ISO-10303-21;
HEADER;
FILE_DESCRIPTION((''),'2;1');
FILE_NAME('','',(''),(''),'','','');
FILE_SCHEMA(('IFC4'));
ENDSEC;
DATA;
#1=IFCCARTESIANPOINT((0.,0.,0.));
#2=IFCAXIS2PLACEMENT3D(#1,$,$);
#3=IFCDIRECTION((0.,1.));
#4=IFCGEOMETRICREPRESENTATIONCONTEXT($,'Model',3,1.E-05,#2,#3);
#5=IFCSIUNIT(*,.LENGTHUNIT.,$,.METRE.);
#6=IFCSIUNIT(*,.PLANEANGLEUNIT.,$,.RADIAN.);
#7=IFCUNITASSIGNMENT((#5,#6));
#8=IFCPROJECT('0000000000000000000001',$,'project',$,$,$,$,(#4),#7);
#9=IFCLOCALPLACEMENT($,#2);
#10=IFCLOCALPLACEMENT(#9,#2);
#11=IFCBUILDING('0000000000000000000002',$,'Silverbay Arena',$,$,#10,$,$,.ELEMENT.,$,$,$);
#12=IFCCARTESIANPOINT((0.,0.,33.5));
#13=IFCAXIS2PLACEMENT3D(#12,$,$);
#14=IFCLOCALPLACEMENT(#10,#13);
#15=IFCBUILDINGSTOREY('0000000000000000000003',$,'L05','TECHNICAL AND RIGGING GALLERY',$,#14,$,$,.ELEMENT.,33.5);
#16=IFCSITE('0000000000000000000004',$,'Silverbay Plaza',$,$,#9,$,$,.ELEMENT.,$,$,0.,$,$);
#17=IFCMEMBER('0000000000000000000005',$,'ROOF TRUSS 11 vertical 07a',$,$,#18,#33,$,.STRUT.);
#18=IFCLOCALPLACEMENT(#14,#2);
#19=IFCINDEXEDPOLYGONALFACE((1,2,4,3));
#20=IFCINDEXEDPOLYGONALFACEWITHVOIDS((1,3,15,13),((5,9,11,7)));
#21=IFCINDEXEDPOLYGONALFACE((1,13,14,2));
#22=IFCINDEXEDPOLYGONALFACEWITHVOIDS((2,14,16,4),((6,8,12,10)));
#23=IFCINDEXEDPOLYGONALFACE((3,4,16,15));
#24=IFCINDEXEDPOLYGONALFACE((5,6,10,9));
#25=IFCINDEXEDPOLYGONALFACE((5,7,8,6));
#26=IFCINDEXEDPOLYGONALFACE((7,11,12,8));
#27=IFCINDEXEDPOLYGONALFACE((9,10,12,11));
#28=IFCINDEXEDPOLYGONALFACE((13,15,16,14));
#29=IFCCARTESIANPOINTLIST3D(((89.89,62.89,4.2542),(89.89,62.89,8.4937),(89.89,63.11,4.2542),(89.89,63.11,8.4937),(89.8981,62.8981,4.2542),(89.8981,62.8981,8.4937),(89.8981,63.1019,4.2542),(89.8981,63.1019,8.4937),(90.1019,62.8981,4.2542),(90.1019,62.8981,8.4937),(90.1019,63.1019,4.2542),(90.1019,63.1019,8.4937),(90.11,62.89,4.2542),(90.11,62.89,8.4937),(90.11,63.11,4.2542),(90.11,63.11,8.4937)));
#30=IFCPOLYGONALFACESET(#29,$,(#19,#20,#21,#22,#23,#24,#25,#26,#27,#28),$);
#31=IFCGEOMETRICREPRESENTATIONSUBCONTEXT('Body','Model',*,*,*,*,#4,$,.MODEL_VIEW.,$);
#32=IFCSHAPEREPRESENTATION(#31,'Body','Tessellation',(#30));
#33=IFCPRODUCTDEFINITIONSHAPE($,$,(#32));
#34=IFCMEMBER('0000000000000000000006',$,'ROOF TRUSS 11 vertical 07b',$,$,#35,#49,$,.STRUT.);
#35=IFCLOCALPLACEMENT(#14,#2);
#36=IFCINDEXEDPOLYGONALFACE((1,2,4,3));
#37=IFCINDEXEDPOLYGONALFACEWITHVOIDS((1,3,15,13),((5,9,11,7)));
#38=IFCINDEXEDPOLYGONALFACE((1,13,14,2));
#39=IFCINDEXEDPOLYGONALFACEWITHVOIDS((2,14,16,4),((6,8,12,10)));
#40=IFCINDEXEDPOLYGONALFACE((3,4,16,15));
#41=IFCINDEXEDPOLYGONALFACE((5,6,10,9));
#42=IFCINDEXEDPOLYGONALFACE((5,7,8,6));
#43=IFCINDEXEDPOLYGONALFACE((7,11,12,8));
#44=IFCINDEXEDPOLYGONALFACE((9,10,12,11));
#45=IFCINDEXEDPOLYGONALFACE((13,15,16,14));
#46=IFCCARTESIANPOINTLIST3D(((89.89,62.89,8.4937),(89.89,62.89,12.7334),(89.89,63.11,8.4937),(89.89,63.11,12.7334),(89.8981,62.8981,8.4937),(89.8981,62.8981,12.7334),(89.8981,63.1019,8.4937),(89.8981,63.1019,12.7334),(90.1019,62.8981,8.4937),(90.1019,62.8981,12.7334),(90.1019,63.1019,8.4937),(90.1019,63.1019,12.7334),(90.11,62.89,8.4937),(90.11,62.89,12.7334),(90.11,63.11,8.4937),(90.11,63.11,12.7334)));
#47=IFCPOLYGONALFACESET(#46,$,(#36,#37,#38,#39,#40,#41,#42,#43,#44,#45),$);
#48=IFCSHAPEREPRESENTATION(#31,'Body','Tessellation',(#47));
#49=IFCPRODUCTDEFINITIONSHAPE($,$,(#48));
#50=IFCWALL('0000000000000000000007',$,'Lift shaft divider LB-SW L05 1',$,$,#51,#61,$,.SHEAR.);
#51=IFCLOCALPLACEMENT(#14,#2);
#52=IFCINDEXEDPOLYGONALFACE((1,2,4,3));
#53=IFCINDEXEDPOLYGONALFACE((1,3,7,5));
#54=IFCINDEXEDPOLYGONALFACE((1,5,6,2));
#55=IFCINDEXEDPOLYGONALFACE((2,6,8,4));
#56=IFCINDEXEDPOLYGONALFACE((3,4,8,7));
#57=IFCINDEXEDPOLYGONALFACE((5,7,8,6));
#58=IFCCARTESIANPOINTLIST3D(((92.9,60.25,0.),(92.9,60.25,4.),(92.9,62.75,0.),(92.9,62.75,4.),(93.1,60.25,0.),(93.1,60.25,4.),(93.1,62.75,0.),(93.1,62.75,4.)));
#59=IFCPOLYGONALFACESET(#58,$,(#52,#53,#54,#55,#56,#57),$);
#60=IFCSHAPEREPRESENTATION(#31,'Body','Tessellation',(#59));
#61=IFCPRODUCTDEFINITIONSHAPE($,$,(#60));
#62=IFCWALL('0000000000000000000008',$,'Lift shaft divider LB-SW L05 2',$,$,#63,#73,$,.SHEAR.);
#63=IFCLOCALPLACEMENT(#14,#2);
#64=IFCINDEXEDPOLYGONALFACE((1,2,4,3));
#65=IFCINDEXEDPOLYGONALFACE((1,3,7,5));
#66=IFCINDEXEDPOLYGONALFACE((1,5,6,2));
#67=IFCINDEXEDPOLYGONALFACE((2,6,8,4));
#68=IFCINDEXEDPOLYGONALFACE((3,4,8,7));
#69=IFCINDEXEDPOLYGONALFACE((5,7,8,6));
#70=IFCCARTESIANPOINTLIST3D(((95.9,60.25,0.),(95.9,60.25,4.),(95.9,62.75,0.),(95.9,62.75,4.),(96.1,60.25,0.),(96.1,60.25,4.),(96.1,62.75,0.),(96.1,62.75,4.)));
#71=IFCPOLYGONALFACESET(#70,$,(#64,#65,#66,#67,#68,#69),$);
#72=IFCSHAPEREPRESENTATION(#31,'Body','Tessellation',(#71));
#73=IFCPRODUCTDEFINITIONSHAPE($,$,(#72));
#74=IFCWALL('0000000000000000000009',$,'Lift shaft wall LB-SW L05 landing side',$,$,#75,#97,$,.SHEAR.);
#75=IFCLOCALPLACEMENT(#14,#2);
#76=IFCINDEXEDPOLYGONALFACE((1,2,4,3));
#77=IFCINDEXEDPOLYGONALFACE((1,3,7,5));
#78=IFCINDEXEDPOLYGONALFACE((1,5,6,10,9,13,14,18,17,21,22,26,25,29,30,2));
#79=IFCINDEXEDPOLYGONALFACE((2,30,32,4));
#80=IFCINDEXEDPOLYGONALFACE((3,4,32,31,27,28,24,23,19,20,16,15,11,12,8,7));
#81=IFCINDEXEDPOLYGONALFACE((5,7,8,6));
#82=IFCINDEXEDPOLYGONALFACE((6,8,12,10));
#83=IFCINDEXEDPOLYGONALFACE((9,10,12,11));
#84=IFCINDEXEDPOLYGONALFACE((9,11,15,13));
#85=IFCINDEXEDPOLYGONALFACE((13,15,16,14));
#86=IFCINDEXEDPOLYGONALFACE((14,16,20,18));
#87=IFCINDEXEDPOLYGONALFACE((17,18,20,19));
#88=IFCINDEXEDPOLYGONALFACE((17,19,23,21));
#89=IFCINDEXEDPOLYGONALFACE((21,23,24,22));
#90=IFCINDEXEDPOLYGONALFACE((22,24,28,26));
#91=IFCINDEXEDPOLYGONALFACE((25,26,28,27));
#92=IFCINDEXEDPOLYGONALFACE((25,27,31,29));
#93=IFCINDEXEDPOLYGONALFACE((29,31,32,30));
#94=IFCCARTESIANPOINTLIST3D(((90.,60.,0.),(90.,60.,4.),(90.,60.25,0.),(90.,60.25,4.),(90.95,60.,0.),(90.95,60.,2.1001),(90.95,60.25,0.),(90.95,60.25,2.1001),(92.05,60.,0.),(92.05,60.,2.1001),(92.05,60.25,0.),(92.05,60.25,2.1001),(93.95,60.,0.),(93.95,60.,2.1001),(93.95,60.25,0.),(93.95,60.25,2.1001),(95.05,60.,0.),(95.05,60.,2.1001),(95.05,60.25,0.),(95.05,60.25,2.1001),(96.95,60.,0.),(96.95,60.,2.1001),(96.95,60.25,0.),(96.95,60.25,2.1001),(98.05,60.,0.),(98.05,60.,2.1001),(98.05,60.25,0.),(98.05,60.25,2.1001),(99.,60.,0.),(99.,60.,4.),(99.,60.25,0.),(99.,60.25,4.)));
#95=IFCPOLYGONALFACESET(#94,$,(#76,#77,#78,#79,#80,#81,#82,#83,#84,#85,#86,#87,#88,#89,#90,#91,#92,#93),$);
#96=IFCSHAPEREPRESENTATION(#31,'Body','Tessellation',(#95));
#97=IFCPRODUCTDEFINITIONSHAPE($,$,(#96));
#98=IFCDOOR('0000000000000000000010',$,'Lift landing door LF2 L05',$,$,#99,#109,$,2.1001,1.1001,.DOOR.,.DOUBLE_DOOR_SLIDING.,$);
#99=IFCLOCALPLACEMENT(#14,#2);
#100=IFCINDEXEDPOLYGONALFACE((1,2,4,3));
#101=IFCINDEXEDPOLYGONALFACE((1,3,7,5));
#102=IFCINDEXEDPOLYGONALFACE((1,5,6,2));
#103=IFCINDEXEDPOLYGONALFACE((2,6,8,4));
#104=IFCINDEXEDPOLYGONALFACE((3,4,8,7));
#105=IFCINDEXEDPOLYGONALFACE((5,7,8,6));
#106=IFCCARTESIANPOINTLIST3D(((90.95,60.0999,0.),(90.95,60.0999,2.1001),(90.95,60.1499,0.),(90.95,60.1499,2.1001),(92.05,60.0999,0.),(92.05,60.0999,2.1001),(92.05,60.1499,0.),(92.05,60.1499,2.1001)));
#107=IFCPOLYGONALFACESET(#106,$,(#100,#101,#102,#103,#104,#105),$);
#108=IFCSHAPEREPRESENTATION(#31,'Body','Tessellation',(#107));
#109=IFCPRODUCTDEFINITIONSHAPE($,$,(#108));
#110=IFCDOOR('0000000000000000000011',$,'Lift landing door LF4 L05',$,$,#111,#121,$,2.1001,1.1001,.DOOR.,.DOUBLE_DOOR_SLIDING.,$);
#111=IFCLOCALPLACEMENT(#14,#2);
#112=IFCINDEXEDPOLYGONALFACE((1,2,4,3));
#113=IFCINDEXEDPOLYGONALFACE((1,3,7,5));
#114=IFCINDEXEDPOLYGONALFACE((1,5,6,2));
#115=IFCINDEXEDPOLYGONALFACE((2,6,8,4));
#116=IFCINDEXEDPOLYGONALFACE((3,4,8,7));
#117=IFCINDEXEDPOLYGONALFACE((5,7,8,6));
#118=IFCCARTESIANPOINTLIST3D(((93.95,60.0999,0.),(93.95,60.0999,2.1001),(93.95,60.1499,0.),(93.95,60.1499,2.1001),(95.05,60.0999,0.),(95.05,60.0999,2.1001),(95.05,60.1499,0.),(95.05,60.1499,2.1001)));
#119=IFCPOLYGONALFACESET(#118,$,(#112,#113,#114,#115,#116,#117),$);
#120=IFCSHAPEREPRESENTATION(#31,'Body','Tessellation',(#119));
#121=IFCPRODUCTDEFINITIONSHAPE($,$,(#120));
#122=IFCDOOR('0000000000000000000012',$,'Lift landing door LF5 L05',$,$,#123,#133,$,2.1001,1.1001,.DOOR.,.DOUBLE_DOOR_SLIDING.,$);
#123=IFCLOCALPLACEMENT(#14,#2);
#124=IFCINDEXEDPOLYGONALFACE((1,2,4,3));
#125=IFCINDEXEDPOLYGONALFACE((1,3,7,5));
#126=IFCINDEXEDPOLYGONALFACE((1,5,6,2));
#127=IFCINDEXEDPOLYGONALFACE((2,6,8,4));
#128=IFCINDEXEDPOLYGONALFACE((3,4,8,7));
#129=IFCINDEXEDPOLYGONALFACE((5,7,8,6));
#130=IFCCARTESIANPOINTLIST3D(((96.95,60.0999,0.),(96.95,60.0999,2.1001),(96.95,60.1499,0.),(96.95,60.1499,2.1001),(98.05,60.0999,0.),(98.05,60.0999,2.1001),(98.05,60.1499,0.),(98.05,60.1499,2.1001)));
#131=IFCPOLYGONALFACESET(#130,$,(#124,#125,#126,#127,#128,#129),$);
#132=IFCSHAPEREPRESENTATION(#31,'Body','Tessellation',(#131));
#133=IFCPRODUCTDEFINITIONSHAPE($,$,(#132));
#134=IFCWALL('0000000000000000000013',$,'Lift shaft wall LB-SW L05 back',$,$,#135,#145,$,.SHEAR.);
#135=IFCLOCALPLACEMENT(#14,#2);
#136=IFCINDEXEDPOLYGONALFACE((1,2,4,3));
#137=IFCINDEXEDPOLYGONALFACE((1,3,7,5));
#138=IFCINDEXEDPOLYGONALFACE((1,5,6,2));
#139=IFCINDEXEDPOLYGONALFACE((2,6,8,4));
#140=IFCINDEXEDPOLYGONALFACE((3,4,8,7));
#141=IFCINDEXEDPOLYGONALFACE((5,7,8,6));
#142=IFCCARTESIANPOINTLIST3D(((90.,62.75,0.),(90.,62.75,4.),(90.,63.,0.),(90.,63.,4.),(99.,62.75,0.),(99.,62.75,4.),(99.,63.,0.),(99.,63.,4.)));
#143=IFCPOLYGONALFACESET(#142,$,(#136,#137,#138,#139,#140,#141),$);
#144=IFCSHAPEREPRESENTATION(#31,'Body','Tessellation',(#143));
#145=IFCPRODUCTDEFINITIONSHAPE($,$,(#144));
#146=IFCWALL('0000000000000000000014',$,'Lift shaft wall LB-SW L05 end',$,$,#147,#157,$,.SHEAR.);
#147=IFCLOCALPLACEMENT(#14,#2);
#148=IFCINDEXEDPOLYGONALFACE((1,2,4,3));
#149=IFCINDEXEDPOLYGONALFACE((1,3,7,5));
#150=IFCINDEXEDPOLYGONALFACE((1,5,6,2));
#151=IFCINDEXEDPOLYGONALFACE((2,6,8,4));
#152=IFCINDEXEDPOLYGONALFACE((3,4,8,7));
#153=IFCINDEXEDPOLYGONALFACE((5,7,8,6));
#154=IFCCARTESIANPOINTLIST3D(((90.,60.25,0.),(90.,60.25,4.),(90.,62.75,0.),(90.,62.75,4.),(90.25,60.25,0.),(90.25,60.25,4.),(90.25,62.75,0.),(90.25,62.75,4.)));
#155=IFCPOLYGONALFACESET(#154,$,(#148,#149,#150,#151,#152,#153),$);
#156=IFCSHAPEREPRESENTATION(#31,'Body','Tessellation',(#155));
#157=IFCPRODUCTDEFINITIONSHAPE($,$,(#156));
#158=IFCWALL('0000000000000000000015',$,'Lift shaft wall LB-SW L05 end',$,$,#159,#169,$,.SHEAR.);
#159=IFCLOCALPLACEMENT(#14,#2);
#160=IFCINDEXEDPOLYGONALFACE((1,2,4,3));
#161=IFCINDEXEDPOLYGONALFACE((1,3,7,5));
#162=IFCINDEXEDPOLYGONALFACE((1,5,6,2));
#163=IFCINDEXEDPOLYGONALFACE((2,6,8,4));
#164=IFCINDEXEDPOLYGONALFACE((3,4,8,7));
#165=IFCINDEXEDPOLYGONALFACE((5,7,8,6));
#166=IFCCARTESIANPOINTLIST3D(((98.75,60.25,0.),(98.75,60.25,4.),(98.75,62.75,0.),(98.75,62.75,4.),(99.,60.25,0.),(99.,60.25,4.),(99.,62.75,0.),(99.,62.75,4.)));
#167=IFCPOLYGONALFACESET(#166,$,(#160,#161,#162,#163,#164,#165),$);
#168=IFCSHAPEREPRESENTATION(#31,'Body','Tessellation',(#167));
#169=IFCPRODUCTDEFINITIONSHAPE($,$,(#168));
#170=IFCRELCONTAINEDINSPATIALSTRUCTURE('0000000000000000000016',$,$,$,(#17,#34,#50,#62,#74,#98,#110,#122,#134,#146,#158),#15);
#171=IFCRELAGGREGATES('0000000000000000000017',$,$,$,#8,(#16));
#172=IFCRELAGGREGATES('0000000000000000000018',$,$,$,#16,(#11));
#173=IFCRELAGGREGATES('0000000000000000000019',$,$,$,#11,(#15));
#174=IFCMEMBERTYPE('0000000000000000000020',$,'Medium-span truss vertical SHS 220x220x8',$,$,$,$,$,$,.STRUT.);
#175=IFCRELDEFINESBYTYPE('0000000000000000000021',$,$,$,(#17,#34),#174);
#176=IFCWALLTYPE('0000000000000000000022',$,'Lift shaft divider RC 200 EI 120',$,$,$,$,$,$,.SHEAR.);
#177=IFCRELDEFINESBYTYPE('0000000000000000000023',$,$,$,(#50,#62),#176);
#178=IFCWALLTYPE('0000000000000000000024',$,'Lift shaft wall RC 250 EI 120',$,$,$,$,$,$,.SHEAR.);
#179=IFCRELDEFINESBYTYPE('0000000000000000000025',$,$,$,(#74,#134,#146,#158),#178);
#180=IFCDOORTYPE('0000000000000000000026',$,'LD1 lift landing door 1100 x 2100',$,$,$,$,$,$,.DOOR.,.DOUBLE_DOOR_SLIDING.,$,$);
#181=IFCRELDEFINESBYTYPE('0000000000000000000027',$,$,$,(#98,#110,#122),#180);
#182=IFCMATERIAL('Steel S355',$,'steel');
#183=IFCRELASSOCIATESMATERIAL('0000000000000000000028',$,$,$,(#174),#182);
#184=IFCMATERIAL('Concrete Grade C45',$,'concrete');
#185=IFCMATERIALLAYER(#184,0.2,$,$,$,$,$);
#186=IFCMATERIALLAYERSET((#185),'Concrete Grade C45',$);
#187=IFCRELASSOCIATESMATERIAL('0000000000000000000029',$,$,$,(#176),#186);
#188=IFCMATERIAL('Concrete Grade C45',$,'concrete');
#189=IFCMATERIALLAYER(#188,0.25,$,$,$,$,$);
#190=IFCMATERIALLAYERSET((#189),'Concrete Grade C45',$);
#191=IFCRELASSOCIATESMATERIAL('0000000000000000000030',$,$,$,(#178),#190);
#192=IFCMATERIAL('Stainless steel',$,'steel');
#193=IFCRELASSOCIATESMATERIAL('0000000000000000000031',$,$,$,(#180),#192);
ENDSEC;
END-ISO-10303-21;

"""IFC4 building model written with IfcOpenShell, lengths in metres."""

from ifc_helpers import new_model, si_unit, direction, frame, frame_2d, origin, origin_2d, place, context, subcontext, project, spatial, rectangle, hollow_rectangle, extrude, material, layer, layer_set, material_profile, profile_set, type_object, element, fill, save


model = new_model("IFC4")

# Units and contexts
model_context = context("Model", 3, precision=1e-05, world=origin(), true_north=direction((0.0, 1.0)))
body_context = subcontext(model_context, "Body", "Model", "MODEL_VIEW")
ifc_project = project(units=[si_unit("LENGTHUNIT", "METRE"), si_unit("PLANEANGLEUNIT", "RADIAN")], contexts=[model_context])

# Site, building, storey
site_placement = place(None, origin())
site = spatial("IfcSite", under=ifc_project, at=site_placement, Name="Silverbay Plaza", CompositionType="ELEMENT", RefElevation=0.0)
building_placement = place(site_placement, origin())
building = spatial("IfcBuilding", under=site, at=building_placement, Name="Silverbay Arena", CompositionType="ELEMENT")
storey_placement = place(building_placement, frame((0.0, 0.0, 33.5)))
storey = spatial("IfcBuildingStorey", under=building, at=storey_placement, Name="L05", Description="TECHNICAL AND RIGGING GALLERY", CompositionType="ELEMENT", Elevation=33.5)

# Members
ifc_material_1 = material(Name="Steel S355", Category="steel")
ifc_material_profile_1 = material_profile(ifc_material_1, hollow_rectangle(XDim=0.22, YDim=0.22, WallThickness=0.0081, at=origin_2d()), Name="SHS 220x220x8")
ifc_profile_set_1 = profile_set([ifc_material_profile_1], Name="Steel S355")
member_type_1 = type_object("IfcMemberType", Name="Medium-span truss vertical SHS 220x220x8", PredefinedType="STRUT", material=ifc_profile_set_1)
member_1_placement = place(storey_placement, frame((90.0, 63.0, 4.2542), z_axis=(0.0, 0.0, 1.0), x_axis=(1.0, 0.0, 0.0)))
element("IfcMember", 1, at=member_1_placement, inside=storey, type_object=member_type_1, Name="ROOF TRUSS 11 vertical 07a", PredefinedType="STRUT", context=body_context, shape_type="SweptSolid", body=[
    extrude(hollow_rectangle(XDim=0.22, YDim=0.22, WallThickness=0.0081, at=origin_2d()), origin(), (0.0, 0.0, 1.0), 4.2395),
])
member_2_placement = place(storey_placement, frame((90.0, 63.0, 8.4937), z_axis=(0.0, 0.0, 1.0), x_axis=(1.0, 0.0, 0.0)))
element("IfcMember", 2, at=member_2_placement, inside=storey, type_object=member_type_1, Name="ROOF TRUSS 11 vertical 07b", PredefinedType="STRUT", context=body_context, shape_type="SweptSolid", body=[
    extrude(hollow_rectangle(XDim=0.22, YDim=0.22, WallThickness=0.0081, at=origin_2d()), origin(), (0.0, 0.0, 1.0), 4.2397),
])

# Walls
ifc_material_2 = material(Name="Concrete Grade C45", Category="concrete")
ifc_layer_1 = layer(ifc_material_2, 0.2)
ifc_layer_set_1 = layer_set([ifc_layer_1], Name="Concrete Grade C45")
wall_type_1 = type_object("IfcWallType", Name="Lift shaft divider RC 200 EI 120", PredefinedType="SHEAR", material=ifc_layer_set_1)
for number, where, z_axis, x_axis, name in (
    (3, (93.0, 60.25, 0.0), (0.0, 0.0, 1.0), (0.0, 1.0, 0.0), "Lift shaft divider LB-SW L05 1"),
    (4, (96.0, 60.25, 0.0), (0.0, 0.0, 1.0), (0.0, 1.0, 0.0), "Lift shaft divider LB-SW L05 2"),
):
    element("IfcWall", number, at=place(storey_placement, frame(where, z_axis=z_axis, x_axis=x_axis)), inside=storey, type_object=wall_type_1, Name=name, PredefinedType="SHEAR", context=body_context, shape_type="SweptSolid", body=[
        extrude(rectangle(XDim=2.5, YDim=0.2, at=frame_2d((1.25, 0.0))), origin(), (0.0, 0.0, 1.0), 4.0),
    ])

# Wall, openings, doors
ifc_material_3 = material(Name="Concrete Grade C45", Category="concrete")
ifc_layer_2 = layer(ifc_material_3, 0.25)
ifc_layer_set_2 = layer_set([ifc_layer_2], Name="Concrete Grade C45")
wall_type_2 = type_object("IfcWallType", Name="Lift shaft wall RC 250 EI 120", PredefinedType="SHEAR", material=ifc_layer_set_2)
wall_1_placement = place(storey_placement, frame((90.0, 60.125, 0.0), z_axis=(0.0, 0.0, 1.0), x_axis=(1.0, 0.0, 0.0)))
wall_1 = element("IfcWall", 5, at=wall_1_placement, inside=storey, type_object=wall_type_2, Name="Lift shaft wall LB-SW L05 landing side", PredefinedType="SHEAR", context=body_context, shape_type="SweptSolid", body=[
    extrude(rectangle(XDim=9.0, YDim=0.25, at=frame_2d((4.5, 0.0))), origin(), (0.0, 0.0, 1.0), 4.0),
])
opening_1_placement = place(wall_1_placement, frame((0.95, 0.0, 0.0)))
opening_1 = element("IfcOpeningElement", 6, at=opening_1_placement, cuts=wall_1, PredefinedType="OPENING", context=body_context, shape_type="SweptSolid", body=[
    extrude(rectangle(XDim=1.1001, YDim=2.1001, at=frame_2d((0.55, 1.05))), frame((0.0, 0.135, 0.0), z_axis=(0.0, -1.0, 0.0), x_axis=(1.0, 0.0, 0.0)), (0.0, 0.0, 1.0), 0.27),
])
opening_2_placement = place(wall_1_placement, frame((3.95, 0.0, 0.0)))
opening_2 = element("IfcOpeningElement", 7, at=opening_2_placement, cuts=wall_1, PredefinedType="OPENING", context=body_context, shape_type="SweptSolid", body=[
    extrude(rectangle(XDim=1.1001, YDim=2.1001, at=frame_2d((0.55, 1.05))), frame((0.0, 0.135, 0.0), z_axis=(0.0, -1.0, 0.0), x_axis=(1.0, 0.0, 0.0)), (0.0, 0.0, 1.0), 0.27),
])
opening_3_placement = place(wall_1_placement, frame((6.95, 0.0, 0.0)))
opening_3 = element("IfcOpeningElement", 8, at=opening_3_placement, cuts=wall_1, PredefinedType="OPENING", context=body_context, shape_type="SweptSolid", body=[
    extrude(rectangle(XDim=1.1001, YDim=2.1001, at=frame_2d((0.55, 1.05))), frame((0.0, 0.135, 0.0), z_axis=(0.0, -1.0, 0.0), x_axis=(1.0, 0.0, 0.0)), (0.0, 0.0, 1.0), 0.27),
])
ifc_material_4 = material(Name="Stainless steel", Category="steel")
door_type = type_object("IfcDoorType", Name="LD1 lift landing door 1100 x 2100", OperationType="DOUBLE_DOOR_SLIDING", PredefinedType="DOOR", material=ifc_material_4)
door_1_placement = place(opening_1_placement, origin())
door_1 = element("IfcDoor", 9, at=door_1_placement, inside=storey, type_object=door_type, Name="Lift landing door LF2 L05", OperationType="DOUBLE_DOOR_SLIDING", OverallHeight=2.1001, OverallWidth=1.1001, PredefinedType="DOOR", context=body_context, shape_type="SweptSolid", body=[
    extrude(rectangle(XDim=1.1001, YDim=2.1001, at=frame_2d((0.55, 1.05))), frame((0.0, 0.0249, 0.0), z_axis=(0.0, -1.0, 0.0), x_axis=(1.0, 0.0, 0.0)), (0.0, 0.0, 1.0), 0.05),
])
fill(opening_1, door_1)
door_2_placement = place(opening_2_placement, origin())
door_2 = element("IfcDoor", 10, at=door_2_placement, inside=storey, type_object=door_type, Name="Lift landing door LF4 L05", OperationType="DOUBLE_DOOR_SLIDING", OverallHeight=2.1001, OverallWidth=1.1001, PredefinedType="DOOR", context=body_context, shape_type="SweptSolid", body=[
    extrude(rectangle(XDim=1.1001, YDim=2.1001, at=frame_2d((0.55, 1.05))), frame((0.0, 0.0249, 0.0), z_axis=(0.0, -1.0, 0.0), x_axis=(1.0, 0.0, 0.0)), (0.0, 0.0, 1.0), 0.05),
])
fill(opening_2, door_2)
door_3_placement = place(opening_3_placement, origin())
door_3 = element("IfcDoor", 11, at=door_3_placement, inside=storey, type_object=door_type, Name="Lift landing door LF5 L05", OperationType="DOUBLE_DOOR_SLIDING", OverallHeight=2.1001, OverallWidth=1.1001, PredefinedType="DOOR", context=body_context, shape_type="SweptSolid", body=[
    extrude(rectangle(XDim=1.1001, YDim=2.1001, at=frame_2d((0.55, 1.05))), frame((0.0, 0.0249, 0.0), z_axis=(0.0, -1.0, 0.0), x_axis=(1.0, 0.0, 0.0)), (0.0, 0.0, 1.0), 0.05),
])
fill(opening_3, door_3)

# Walls
wall_2_placement = place(storey_placement, frame((90.0, 62.875, 0.0), z_axis=(0.0, 0.0, 1.0), x_axis=(1.0, 0.0, 0.0)))
element("IfcWall", 12, at=wall_2_placement, inside=storey, type_object=wall_type_2, Name="Lift shaft wall LB-SW L05 back", PredefinedType="SHEAR", context=body_context, shape_type="SweptSolid", body=[
    extrude(rectangle(XDim=9.0, YDim=0.25, at=frame_2d((4.5, 0.0))), origin(), (0.0, 0.0, 1.0), 4.0),
])
for number, where, z_axis, x_axis, name in (
    (13, (90.125, 60.25, 0.0), (0.0, 0.0, 1.0), (0.0, 1.0, 0.0), "Lift shaft wall LB-SW L05 end"),
    (14, (98.875, 60.25, 0.0), (0.0, 0.0, 1.0), (0.0, 1.0, 0.0), "Lift shaft wall LB-SW L05 end"),
):
    element("IfcWall", number, at=place(storey_placement, frame(where, z_axis=z_axis, x_axis=x_axis)), inside=storey, type_object=wall_type_2, Name=name, PredefinedType="SHEAR", context=body_context, shape_type="SweptSolid", body=[
        extrude(rectangle(XDim=2.5, YDim=0.25, at=frame_2d((1.25, 0.0))), origin(), (0.0, 0.0, 1.0), 4.0),
    ])

save(model, "model.ifc")
